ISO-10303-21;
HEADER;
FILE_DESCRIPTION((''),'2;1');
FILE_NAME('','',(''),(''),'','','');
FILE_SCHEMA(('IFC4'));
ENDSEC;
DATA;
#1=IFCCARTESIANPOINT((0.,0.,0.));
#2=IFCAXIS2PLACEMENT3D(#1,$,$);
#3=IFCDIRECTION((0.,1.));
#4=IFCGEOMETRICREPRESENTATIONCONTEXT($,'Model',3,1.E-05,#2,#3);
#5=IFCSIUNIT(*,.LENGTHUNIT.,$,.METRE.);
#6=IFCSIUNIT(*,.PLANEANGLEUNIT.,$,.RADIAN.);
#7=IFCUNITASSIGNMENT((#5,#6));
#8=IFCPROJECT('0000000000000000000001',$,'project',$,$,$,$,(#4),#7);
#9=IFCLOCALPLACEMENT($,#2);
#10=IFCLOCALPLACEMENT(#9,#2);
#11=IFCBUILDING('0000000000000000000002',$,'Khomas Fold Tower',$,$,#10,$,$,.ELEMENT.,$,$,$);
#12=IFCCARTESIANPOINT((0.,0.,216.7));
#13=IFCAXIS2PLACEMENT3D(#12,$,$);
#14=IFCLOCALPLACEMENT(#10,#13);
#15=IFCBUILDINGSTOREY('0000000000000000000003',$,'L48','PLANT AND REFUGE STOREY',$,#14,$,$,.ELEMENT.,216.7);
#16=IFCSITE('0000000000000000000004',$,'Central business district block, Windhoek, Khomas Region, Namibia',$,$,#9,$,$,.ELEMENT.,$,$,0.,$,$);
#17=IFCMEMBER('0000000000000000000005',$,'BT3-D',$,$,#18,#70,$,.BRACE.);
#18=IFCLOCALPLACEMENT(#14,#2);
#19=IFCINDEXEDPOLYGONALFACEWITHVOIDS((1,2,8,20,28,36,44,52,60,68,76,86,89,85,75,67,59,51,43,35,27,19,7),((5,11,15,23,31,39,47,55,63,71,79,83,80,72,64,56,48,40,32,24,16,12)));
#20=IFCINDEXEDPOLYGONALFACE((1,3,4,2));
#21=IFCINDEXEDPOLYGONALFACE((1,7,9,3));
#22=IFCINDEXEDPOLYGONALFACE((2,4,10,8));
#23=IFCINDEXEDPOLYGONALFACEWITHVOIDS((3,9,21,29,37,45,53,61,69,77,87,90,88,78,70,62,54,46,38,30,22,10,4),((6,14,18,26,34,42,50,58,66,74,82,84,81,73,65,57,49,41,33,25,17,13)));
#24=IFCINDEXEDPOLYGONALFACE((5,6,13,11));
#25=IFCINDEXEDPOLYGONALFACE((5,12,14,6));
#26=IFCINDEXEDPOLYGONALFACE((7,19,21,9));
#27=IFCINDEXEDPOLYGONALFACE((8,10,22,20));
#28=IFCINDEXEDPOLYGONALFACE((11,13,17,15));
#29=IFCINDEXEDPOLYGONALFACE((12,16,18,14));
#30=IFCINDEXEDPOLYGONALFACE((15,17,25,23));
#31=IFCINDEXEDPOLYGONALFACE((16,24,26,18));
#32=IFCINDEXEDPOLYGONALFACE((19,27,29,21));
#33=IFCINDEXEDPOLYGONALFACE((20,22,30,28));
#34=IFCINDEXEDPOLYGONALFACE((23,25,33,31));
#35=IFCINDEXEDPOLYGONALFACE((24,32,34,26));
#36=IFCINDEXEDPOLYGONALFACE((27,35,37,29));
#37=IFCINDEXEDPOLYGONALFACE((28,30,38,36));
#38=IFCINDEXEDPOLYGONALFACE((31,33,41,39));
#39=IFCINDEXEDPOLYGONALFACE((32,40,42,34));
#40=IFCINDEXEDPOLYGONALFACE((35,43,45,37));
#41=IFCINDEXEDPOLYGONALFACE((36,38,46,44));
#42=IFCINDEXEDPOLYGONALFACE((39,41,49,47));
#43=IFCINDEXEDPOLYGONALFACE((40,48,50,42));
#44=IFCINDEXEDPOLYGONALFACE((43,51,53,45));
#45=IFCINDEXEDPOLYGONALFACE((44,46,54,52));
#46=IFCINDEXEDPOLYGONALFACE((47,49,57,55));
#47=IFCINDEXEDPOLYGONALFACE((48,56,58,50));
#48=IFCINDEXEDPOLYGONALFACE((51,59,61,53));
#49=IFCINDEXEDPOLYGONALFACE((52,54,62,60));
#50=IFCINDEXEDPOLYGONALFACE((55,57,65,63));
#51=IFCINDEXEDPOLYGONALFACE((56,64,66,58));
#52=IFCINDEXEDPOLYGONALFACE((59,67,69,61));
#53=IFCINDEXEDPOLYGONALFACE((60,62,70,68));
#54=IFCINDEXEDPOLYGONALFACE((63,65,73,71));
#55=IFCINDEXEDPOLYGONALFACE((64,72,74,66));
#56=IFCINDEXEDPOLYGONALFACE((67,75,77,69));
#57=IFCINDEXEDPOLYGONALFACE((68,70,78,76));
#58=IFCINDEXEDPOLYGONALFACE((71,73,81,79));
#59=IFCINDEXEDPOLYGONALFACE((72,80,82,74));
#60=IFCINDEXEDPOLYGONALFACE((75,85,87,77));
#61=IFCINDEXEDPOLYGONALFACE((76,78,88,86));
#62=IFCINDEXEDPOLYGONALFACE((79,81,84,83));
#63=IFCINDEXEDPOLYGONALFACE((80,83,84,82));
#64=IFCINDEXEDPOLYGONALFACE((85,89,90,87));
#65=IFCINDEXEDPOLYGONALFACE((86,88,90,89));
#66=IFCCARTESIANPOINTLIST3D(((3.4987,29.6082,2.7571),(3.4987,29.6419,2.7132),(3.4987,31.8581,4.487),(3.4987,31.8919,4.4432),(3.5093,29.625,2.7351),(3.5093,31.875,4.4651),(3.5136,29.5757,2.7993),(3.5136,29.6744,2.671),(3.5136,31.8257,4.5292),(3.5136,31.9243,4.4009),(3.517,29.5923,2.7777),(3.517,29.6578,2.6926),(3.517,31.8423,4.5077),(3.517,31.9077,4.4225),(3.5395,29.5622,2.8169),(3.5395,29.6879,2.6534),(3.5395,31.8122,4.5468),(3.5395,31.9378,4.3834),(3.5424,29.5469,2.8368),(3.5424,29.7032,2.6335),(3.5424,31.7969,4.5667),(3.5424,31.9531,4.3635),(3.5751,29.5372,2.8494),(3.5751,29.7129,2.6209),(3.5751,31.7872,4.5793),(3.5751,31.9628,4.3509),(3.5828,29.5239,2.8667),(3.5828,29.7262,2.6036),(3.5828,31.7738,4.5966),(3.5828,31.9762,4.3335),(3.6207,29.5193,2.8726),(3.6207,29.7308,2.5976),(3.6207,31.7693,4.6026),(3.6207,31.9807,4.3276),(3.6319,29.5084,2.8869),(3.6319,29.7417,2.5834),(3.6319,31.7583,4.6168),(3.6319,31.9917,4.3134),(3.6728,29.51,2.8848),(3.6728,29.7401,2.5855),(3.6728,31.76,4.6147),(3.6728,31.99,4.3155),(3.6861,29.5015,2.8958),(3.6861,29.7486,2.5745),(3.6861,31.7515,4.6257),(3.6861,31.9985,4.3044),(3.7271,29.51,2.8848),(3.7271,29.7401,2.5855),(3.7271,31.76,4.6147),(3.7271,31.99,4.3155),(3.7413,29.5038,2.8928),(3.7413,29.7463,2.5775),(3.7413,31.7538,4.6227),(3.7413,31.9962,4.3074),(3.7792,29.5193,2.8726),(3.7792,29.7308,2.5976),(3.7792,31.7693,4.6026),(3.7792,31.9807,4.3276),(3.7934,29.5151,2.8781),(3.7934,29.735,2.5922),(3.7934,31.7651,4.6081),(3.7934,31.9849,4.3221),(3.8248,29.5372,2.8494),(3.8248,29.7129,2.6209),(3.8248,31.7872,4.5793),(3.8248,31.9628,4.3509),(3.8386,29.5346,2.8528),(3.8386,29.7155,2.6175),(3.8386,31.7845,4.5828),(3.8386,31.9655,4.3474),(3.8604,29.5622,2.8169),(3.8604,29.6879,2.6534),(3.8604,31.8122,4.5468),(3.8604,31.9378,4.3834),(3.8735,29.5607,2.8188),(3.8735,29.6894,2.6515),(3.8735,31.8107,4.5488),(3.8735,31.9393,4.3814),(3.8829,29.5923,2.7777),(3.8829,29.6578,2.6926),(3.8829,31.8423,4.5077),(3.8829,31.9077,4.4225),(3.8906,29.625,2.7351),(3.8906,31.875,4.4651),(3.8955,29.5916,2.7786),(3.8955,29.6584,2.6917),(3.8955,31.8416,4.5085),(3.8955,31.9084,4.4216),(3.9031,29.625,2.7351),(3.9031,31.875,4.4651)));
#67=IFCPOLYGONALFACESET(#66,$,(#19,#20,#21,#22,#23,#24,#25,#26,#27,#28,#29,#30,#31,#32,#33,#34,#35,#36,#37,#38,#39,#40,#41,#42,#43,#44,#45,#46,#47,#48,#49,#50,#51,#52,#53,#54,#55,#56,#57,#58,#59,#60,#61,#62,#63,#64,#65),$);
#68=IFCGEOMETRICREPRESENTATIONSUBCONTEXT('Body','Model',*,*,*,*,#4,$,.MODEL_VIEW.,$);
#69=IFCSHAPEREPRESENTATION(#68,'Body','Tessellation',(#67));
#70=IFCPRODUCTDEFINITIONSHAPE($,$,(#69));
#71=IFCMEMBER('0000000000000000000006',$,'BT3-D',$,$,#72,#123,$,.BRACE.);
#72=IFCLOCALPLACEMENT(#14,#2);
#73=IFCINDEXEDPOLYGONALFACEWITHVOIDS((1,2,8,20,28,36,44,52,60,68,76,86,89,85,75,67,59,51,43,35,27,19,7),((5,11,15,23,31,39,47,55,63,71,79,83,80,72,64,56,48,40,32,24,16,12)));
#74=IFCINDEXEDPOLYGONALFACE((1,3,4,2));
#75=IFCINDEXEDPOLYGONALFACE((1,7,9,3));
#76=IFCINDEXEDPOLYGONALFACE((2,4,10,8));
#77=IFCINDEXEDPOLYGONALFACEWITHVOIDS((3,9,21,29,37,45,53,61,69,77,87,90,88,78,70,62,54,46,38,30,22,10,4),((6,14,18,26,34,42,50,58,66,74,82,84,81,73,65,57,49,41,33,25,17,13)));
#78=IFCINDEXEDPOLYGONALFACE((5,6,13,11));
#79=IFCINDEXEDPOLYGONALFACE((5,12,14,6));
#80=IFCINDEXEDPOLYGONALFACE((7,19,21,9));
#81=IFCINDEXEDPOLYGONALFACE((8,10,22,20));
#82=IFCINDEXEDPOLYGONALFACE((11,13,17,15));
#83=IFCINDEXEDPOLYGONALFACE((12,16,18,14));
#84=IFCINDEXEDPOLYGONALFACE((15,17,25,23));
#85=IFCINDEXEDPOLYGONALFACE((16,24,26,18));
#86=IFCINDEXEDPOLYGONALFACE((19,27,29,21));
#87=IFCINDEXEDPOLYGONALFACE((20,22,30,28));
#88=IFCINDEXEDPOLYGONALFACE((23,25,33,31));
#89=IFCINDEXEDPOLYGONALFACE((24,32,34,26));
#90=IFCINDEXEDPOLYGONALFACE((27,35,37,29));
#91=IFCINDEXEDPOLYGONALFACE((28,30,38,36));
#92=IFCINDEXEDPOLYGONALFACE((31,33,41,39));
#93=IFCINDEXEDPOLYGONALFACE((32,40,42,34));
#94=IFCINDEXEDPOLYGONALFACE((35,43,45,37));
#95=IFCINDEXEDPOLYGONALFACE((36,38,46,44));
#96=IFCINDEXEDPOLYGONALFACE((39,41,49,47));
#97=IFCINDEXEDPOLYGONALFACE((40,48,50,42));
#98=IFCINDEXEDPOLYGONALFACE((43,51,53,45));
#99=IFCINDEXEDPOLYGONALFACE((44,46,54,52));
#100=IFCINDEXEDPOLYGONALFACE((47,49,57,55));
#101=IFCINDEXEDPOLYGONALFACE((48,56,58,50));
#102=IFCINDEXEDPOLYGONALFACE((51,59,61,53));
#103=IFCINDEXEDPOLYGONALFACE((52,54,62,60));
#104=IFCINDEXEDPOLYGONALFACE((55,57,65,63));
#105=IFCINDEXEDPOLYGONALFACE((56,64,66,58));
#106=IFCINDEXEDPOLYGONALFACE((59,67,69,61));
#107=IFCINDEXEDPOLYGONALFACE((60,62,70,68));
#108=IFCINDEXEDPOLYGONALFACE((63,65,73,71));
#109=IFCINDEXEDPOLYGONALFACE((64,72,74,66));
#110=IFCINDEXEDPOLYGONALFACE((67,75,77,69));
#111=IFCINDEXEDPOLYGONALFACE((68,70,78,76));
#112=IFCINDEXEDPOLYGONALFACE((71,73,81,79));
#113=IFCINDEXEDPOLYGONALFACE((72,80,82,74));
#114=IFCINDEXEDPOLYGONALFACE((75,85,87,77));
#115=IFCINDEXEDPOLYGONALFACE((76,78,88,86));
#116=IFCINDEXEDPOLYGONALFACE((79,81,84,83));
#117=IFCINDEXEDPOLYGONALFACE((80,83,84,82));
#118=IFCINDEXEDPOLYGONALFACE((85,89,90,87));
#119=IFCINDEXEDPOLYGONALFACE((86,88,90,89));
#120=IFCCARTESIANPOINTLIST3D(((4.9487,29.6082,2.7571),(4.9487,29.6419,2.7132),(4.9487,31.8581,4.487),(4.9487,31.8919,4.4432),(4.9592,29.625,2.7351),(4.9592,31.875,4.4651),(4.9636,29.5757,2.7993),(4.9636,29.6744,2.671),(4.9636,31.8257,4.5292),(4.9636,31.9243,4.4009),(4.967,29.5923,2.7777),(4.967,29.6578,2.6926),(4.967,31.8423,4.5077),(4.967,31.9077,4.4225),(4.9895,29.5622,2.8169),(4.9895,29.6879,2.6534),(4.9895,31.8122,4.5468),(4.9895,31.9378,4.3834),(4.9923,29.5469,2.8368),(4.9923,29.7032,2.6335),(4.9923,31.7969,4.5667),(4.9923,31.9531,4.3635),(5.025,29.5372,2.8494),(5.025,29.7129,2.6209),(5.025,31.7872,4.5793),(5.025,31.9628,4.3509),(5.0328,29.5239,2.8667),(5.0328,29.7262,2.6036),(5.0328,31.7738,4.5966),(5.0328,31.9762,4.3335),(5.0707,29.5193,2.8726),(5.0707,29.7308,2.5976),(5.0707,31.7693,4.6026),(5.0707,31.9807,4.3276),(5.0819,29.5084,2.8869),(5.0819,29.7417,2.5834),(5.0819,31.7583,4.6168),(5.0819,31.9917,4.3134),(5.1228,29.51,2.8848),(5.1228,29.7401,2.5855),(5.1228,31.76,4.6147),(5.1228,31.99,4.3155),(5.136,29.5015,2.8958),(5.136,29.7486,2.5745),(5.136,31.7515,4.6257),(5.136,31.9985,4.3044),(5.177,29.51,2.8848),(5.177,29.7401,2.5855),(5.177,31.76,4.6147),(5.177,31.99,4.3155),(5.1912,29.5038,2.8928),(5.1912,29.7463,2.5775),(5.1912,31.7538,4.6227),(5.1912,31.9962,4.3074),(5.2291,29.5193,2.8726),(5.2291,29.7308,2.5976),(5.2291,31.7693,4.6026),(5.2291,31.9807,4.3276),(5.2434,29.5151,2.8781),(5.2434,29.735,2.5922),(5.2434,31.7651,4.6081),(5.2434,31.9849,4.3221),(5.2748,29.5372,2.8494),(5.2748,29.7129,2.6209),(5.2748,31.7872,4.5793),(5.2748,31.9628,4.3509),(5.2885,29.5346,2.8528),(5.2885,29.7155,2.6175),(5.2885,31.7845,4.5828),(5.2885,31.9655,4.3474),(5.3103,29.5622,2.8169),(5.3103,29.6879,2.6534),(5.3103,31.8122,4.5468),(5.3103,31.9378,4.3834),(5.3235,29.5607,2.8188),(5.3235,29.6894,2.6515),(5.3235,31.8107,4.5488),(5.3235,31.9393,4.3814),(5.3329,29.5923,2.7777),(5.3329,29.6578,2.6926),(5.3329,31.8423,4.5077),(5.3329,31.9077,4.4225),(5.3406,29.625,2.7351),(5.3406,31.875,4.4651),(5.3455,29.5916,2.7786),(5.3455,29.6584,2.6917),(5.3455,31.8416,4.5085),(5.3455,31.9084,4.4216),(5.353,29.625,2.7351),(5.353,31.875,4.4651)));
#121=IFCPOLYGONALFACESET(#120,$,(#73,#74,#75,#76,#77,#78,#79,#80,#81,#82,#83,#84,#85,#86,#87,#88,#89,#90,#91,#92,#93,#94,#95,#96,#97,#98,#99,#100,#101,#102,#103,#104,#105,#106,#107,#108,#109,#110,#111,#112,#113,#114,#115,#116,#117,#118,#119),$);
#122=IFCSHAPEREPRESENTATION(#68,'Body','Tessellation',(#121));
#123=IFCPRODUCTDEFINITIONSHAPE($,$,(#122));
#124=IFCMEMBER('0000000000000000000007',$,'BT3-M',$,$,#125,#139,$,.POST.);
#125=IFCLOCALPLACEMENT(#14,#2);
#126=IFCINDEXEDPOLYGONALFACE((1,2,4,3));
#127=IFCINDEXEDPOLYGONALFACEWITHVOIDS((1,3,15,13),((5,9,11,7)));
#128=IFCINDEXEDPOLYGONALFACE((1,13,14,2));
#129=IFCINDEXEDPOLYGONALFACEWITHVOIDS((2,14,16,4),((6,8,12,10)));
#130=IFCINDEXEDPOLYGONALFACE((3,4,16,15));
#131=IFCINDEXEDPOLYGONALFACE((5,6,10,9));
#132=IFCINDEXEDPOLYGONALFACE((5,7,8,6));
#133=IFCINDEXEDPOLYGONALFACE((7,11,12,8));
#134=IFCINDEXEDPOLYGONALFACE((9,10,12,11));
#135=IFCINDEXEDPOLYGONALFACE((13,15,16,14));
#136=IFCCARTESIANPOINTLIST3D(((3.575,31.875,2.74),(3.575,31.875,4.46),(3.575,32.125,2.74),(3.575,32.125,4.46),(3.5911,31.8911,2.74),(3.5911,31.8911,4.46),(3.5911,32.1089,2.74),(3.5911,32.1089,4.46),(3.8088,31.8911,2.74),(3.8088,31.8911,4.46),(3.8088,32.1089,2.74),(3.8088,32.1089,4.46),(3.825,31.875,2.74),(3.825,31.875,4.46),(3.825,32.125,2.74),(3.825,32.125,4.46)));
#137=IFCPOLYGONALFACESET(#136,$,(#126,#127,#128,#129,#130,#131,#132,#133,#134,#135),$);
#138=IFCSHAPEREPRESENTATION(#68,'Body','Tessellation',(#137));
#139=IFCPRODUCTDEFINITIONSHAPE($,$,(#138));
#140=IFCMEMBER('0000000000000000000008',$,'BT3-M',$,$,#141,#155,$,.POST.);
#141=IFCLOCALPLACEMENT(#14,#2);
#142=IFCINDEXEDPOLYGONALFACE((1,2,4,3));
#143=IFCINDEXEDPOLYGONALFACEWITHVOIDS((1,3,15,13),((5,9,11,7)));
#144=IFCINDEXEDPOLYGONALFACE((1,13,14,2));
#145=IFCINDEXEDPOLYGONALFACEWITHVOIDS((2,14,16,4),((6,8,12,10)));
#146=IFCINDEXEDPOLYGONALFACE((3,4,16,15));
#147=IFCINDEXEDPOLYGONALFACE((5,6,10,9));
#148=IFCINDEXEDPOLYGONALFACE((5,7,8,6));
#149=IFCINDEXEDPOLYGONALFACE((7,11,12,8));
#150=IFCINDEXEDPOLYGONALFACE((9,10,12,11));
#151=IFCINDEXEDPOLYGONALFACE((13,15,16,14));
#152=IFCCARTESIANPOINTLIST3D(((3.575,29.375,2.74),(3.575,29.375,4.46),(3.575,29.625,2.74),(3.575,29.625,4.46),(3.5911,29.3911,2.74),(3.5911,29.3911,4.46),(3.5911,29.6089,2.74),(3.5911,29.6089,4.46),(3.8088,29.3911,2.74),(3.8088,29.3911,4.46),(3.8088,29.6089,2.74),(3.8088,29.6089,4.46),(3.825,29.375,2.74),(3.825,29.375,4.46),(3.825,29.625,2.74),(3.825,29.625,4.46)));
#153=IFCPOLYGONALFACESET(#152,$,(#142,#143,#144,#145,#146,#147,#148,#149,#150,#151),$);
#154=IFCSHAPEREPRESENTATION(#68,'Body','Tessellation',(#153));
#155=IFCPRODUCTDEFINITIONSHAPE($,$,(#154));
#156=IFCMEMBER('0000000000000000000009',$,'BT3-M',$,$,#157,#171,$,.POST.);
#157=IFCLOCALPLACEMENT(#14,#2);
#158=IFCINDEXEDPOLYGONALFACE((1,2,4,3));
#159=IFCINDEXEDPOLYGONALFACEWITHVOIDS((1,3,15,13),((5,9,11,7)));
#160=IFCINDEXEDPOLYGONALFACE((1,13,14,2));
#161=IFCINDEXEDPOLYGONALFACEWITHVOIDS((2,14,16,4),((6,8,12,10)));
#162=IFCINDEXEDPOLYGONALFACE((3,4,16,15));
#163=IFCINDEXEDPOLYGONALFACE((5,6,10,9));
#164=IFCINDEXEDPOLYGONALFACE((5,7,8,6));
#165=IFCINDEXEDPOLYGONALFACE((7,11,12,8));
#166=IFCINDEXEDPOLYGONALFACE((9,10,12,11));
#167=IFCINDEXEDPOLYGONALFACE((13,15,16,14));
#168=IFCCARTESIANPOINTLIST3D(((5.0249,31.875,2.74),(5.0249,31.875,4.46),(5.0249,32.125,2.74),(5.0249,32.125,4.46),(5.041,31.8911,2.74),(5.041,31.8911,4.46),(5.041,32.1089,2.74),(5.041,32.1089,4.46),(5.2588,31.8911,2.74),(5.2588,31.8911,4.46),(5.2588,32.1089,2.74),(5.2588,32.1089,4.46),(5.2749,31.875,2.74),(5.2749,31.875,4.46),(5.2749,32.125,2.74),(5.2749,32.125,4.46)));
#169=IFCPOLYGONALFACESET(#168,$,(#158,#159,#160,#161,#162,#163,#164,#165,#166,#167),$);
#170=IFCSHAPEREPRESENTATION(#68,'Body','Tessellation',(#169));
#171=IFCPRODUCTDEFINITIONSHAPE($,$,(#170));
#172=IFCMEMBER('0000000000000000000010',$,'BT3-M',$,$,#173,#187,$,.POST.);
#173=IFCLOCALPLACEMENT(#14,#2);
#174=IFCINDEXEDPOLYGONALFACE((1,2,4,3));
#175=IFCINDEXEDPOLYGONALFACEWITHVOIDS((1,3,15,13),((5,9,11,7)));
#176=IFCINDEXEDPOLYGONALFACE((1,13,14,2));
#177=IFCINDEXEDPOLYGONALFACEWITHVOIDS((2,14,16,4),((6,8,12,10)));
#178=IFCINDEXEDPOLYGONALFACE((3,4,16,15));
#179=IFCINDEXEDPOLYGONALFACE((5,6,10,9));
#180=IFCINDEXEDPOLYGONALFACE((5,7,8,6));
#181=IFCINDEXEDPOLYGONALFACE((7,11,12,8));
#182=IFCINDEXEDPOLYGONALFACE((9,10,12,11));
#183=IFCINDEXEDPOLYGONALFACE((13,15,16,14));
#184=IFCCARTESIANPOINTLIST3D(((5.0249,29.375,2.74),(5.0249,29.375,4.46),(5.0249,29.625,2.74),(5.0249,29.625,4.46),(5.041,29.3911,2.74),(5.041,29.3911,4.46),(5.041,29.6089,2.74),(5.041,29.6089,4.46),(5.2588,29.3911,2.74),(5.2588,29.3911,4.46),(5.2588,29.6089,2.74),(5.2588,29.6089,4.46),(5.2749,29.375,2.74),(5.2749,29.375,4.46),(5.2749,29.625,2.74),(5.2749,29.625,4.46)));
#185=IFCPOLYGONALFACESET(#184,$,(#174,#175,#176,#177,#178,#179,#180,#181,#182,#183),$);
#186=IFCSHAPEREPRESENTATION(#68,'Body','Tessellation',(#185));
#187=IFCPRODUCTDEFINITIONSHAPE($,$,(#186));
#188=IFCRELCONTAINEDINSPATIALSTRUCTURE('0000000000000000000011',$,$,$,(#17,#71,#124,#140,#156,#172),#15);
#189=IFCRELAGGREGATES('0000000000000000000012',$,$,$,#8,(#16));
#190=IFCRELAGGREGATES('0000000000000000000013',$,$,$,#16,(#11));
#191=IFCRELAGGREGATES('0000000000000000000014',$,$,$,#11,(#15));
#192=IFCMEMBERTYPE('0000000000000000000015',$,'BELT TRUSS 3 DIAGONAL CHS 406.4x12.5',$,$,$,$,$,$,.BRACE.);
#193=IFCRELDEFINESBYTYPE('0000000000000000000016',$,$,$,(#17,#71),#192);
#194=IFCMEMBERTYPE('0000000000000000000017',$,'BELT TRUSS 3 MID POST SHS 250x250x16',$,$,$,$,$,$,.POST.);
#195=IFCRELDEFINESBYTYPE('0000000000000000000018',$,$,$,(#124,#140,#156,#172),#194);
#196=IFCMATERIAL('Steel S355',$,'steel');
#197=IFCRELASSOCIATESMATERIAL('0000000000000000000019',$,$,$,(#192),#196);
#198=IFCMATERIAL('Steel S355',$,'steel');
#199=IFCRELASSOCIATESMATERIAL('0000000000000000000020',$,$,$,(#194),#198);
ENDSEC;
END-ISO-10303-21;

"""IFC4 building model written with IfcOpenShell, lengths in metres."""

from ifc_helpers import new_model, si_unit, direction, frame, origin, origin_2d, place, context, subcontext, project, spatial, hollow_rectangle, hollow_circle, extrude, source, transform, mapped, material, material_profile, profile_set, type_object, element, save


model = new_model("IFC4")

# Units and contexts
model_context = context("Model", 3, precision=1e-05, world=origin(), true_north=direction((0.0, 1.0)))
body_context = subcontext(model_context, "Body", "Model", "MODEL_VIEW")
ifc_project = project(units=[si_unit("LENGTHUNIT", "METRE"), si_unit("PLANEANGLEUNIT", "RADIAN")], contexts=[model_context])

# Site, building, storey
site_placement = place(None, origin())
site = spatial("IfcSite", under=ifc_project, at=site_placement, Name="Central business district block, Windhoek, Khomas Region, Namibia", CompositionType="ELEMENT", RefElevation=0.0)
building_placement = place(site_placement, origin())
building = spatial("IfcBuilding", under=site, at=building_placement, Name="Khomas Fold Tower", CompositionType="ELEMENT")
storey_placement = place(building_placement, frame((0.0, 0.0, 216.7)))
storey = spatial("IfcBuildingStorey", under=building, at=storey_placement, Name="L48", Description="PLANT AND REFUGE STOREY", CompositionType="ELEMENT", Elevation=216.7)

# Members
ifc_material_1 = material(Name="Steel S355", Category="steel")
ifc_material_profile_1 = material_profile(ifc_material_1, hollow_circle(Radius=0.2031, WallThickness=0.0125, at=origin_2d()), Name="CHS 406.4x12.5")
ifc_profile_set_1 = profile_set([ifc_material_profile_1], Name="Steel S355")
member_type_1 = type_object("IfcMemberType", Name="BELT TRUSS 3 DIAGONAL CHS 406.4x12.5", PredefinedType="BRACE", material=ifc_profile_set_1)
shared_shape_1 = source(origin(), body_context, "Body", "SweptSolid", [
    extrude(hollow_circle(Radius=0.2031, WallThickness=0.0125, at=origin_2d()), origin(), (0.0, 0.0, 1.0), 2.8381),
])
for number, where, z_axis, x_axis, name in (
    (1, (3.7, 31.875, 4.4651), (0.0, -0.792758, -0.609536), (1.0, 0.0, 0.0), "BT3-D"),
    (2, (5.1499, 31.875, 4.4651), (0.0, -0.792758, -0.609536), (1.0, 0.0, 0.0), "BT3-D"),
):
    element("IfcMember", number, at=place(storey_placement, frame(where, z_axis=z_axis, x_axis=x_axis)), inside=storey, type_object=member_type_1, Name=name, PredefinedType="BRACE", context=body_context, shape_type="MappedRepresentation", body=[
        mapped(shared_shape_1, transform((0.0, 0.0, 0.0))),
    ])
ifc_material_2 = material(Name="Steel S355", Category="steel")
ifc_material_profile_2 = material_profile(ifc_material_2, hollow_rectangle(XDim=0.25, YDim=0.25, WallThickness=0.0161, at=origin_2d()), Name="SHS 250x250x16")
ifc_profile_set_2 = profile_set([ifc_material_profile_2], Name="Steel S355")
member_type_2 = type_object("IfcMemberType", Name="BELT TRUSS 3 MID POST SHS 250x250x16", PredefinedType="POST", material=ifc_profile_set_2)
shared_shape_2 = source(origin(), body_context, "Body", "SweptSolid", [
    extrude(hollow_rectangle(XDim=0.25, YDim=0.25, WallThickness=0.0161, at=origin_2d()), origin(), (0.0, 0.0, 1.0), 1.72),
])
for number, where, z_axis, x_axis, name in (
    (3, (3.7, 32.0, 2.74), (0.0, 0.0, 1.0), (1.0, 0.0, 0.0), "BT3-M"),
    (4, (3.7, 29.5, 2.74), (0.0, 0.0, 1.0), (1.0, 0.0, 0.0), "BT3-M"),
    (5, (5.1499, 32.0, 2.74), (0.0, 0.0, 1.0), (1.0, 0.0, 0.0), "BT3-M"),
    (6, (5.1499, 29.5, 2.74), (0.0, 0.0, 1.0), (1.0, 0.0, 0.0), "BT3-M"),
):
    element("IfcMember", number, at=place(storey_placement, frame(where, z_axis=z_axis, x_axis=x_axis)), inside=storey, type_object=member_type_2, Name=name, PredefinedType="POST", context=body_context, shape_type="MappedRepresentation", body=[
        mapped(shared_shape_2, transform((0.0, 0.0, 0.0))),
    ])

save(model, "model.ifc")
